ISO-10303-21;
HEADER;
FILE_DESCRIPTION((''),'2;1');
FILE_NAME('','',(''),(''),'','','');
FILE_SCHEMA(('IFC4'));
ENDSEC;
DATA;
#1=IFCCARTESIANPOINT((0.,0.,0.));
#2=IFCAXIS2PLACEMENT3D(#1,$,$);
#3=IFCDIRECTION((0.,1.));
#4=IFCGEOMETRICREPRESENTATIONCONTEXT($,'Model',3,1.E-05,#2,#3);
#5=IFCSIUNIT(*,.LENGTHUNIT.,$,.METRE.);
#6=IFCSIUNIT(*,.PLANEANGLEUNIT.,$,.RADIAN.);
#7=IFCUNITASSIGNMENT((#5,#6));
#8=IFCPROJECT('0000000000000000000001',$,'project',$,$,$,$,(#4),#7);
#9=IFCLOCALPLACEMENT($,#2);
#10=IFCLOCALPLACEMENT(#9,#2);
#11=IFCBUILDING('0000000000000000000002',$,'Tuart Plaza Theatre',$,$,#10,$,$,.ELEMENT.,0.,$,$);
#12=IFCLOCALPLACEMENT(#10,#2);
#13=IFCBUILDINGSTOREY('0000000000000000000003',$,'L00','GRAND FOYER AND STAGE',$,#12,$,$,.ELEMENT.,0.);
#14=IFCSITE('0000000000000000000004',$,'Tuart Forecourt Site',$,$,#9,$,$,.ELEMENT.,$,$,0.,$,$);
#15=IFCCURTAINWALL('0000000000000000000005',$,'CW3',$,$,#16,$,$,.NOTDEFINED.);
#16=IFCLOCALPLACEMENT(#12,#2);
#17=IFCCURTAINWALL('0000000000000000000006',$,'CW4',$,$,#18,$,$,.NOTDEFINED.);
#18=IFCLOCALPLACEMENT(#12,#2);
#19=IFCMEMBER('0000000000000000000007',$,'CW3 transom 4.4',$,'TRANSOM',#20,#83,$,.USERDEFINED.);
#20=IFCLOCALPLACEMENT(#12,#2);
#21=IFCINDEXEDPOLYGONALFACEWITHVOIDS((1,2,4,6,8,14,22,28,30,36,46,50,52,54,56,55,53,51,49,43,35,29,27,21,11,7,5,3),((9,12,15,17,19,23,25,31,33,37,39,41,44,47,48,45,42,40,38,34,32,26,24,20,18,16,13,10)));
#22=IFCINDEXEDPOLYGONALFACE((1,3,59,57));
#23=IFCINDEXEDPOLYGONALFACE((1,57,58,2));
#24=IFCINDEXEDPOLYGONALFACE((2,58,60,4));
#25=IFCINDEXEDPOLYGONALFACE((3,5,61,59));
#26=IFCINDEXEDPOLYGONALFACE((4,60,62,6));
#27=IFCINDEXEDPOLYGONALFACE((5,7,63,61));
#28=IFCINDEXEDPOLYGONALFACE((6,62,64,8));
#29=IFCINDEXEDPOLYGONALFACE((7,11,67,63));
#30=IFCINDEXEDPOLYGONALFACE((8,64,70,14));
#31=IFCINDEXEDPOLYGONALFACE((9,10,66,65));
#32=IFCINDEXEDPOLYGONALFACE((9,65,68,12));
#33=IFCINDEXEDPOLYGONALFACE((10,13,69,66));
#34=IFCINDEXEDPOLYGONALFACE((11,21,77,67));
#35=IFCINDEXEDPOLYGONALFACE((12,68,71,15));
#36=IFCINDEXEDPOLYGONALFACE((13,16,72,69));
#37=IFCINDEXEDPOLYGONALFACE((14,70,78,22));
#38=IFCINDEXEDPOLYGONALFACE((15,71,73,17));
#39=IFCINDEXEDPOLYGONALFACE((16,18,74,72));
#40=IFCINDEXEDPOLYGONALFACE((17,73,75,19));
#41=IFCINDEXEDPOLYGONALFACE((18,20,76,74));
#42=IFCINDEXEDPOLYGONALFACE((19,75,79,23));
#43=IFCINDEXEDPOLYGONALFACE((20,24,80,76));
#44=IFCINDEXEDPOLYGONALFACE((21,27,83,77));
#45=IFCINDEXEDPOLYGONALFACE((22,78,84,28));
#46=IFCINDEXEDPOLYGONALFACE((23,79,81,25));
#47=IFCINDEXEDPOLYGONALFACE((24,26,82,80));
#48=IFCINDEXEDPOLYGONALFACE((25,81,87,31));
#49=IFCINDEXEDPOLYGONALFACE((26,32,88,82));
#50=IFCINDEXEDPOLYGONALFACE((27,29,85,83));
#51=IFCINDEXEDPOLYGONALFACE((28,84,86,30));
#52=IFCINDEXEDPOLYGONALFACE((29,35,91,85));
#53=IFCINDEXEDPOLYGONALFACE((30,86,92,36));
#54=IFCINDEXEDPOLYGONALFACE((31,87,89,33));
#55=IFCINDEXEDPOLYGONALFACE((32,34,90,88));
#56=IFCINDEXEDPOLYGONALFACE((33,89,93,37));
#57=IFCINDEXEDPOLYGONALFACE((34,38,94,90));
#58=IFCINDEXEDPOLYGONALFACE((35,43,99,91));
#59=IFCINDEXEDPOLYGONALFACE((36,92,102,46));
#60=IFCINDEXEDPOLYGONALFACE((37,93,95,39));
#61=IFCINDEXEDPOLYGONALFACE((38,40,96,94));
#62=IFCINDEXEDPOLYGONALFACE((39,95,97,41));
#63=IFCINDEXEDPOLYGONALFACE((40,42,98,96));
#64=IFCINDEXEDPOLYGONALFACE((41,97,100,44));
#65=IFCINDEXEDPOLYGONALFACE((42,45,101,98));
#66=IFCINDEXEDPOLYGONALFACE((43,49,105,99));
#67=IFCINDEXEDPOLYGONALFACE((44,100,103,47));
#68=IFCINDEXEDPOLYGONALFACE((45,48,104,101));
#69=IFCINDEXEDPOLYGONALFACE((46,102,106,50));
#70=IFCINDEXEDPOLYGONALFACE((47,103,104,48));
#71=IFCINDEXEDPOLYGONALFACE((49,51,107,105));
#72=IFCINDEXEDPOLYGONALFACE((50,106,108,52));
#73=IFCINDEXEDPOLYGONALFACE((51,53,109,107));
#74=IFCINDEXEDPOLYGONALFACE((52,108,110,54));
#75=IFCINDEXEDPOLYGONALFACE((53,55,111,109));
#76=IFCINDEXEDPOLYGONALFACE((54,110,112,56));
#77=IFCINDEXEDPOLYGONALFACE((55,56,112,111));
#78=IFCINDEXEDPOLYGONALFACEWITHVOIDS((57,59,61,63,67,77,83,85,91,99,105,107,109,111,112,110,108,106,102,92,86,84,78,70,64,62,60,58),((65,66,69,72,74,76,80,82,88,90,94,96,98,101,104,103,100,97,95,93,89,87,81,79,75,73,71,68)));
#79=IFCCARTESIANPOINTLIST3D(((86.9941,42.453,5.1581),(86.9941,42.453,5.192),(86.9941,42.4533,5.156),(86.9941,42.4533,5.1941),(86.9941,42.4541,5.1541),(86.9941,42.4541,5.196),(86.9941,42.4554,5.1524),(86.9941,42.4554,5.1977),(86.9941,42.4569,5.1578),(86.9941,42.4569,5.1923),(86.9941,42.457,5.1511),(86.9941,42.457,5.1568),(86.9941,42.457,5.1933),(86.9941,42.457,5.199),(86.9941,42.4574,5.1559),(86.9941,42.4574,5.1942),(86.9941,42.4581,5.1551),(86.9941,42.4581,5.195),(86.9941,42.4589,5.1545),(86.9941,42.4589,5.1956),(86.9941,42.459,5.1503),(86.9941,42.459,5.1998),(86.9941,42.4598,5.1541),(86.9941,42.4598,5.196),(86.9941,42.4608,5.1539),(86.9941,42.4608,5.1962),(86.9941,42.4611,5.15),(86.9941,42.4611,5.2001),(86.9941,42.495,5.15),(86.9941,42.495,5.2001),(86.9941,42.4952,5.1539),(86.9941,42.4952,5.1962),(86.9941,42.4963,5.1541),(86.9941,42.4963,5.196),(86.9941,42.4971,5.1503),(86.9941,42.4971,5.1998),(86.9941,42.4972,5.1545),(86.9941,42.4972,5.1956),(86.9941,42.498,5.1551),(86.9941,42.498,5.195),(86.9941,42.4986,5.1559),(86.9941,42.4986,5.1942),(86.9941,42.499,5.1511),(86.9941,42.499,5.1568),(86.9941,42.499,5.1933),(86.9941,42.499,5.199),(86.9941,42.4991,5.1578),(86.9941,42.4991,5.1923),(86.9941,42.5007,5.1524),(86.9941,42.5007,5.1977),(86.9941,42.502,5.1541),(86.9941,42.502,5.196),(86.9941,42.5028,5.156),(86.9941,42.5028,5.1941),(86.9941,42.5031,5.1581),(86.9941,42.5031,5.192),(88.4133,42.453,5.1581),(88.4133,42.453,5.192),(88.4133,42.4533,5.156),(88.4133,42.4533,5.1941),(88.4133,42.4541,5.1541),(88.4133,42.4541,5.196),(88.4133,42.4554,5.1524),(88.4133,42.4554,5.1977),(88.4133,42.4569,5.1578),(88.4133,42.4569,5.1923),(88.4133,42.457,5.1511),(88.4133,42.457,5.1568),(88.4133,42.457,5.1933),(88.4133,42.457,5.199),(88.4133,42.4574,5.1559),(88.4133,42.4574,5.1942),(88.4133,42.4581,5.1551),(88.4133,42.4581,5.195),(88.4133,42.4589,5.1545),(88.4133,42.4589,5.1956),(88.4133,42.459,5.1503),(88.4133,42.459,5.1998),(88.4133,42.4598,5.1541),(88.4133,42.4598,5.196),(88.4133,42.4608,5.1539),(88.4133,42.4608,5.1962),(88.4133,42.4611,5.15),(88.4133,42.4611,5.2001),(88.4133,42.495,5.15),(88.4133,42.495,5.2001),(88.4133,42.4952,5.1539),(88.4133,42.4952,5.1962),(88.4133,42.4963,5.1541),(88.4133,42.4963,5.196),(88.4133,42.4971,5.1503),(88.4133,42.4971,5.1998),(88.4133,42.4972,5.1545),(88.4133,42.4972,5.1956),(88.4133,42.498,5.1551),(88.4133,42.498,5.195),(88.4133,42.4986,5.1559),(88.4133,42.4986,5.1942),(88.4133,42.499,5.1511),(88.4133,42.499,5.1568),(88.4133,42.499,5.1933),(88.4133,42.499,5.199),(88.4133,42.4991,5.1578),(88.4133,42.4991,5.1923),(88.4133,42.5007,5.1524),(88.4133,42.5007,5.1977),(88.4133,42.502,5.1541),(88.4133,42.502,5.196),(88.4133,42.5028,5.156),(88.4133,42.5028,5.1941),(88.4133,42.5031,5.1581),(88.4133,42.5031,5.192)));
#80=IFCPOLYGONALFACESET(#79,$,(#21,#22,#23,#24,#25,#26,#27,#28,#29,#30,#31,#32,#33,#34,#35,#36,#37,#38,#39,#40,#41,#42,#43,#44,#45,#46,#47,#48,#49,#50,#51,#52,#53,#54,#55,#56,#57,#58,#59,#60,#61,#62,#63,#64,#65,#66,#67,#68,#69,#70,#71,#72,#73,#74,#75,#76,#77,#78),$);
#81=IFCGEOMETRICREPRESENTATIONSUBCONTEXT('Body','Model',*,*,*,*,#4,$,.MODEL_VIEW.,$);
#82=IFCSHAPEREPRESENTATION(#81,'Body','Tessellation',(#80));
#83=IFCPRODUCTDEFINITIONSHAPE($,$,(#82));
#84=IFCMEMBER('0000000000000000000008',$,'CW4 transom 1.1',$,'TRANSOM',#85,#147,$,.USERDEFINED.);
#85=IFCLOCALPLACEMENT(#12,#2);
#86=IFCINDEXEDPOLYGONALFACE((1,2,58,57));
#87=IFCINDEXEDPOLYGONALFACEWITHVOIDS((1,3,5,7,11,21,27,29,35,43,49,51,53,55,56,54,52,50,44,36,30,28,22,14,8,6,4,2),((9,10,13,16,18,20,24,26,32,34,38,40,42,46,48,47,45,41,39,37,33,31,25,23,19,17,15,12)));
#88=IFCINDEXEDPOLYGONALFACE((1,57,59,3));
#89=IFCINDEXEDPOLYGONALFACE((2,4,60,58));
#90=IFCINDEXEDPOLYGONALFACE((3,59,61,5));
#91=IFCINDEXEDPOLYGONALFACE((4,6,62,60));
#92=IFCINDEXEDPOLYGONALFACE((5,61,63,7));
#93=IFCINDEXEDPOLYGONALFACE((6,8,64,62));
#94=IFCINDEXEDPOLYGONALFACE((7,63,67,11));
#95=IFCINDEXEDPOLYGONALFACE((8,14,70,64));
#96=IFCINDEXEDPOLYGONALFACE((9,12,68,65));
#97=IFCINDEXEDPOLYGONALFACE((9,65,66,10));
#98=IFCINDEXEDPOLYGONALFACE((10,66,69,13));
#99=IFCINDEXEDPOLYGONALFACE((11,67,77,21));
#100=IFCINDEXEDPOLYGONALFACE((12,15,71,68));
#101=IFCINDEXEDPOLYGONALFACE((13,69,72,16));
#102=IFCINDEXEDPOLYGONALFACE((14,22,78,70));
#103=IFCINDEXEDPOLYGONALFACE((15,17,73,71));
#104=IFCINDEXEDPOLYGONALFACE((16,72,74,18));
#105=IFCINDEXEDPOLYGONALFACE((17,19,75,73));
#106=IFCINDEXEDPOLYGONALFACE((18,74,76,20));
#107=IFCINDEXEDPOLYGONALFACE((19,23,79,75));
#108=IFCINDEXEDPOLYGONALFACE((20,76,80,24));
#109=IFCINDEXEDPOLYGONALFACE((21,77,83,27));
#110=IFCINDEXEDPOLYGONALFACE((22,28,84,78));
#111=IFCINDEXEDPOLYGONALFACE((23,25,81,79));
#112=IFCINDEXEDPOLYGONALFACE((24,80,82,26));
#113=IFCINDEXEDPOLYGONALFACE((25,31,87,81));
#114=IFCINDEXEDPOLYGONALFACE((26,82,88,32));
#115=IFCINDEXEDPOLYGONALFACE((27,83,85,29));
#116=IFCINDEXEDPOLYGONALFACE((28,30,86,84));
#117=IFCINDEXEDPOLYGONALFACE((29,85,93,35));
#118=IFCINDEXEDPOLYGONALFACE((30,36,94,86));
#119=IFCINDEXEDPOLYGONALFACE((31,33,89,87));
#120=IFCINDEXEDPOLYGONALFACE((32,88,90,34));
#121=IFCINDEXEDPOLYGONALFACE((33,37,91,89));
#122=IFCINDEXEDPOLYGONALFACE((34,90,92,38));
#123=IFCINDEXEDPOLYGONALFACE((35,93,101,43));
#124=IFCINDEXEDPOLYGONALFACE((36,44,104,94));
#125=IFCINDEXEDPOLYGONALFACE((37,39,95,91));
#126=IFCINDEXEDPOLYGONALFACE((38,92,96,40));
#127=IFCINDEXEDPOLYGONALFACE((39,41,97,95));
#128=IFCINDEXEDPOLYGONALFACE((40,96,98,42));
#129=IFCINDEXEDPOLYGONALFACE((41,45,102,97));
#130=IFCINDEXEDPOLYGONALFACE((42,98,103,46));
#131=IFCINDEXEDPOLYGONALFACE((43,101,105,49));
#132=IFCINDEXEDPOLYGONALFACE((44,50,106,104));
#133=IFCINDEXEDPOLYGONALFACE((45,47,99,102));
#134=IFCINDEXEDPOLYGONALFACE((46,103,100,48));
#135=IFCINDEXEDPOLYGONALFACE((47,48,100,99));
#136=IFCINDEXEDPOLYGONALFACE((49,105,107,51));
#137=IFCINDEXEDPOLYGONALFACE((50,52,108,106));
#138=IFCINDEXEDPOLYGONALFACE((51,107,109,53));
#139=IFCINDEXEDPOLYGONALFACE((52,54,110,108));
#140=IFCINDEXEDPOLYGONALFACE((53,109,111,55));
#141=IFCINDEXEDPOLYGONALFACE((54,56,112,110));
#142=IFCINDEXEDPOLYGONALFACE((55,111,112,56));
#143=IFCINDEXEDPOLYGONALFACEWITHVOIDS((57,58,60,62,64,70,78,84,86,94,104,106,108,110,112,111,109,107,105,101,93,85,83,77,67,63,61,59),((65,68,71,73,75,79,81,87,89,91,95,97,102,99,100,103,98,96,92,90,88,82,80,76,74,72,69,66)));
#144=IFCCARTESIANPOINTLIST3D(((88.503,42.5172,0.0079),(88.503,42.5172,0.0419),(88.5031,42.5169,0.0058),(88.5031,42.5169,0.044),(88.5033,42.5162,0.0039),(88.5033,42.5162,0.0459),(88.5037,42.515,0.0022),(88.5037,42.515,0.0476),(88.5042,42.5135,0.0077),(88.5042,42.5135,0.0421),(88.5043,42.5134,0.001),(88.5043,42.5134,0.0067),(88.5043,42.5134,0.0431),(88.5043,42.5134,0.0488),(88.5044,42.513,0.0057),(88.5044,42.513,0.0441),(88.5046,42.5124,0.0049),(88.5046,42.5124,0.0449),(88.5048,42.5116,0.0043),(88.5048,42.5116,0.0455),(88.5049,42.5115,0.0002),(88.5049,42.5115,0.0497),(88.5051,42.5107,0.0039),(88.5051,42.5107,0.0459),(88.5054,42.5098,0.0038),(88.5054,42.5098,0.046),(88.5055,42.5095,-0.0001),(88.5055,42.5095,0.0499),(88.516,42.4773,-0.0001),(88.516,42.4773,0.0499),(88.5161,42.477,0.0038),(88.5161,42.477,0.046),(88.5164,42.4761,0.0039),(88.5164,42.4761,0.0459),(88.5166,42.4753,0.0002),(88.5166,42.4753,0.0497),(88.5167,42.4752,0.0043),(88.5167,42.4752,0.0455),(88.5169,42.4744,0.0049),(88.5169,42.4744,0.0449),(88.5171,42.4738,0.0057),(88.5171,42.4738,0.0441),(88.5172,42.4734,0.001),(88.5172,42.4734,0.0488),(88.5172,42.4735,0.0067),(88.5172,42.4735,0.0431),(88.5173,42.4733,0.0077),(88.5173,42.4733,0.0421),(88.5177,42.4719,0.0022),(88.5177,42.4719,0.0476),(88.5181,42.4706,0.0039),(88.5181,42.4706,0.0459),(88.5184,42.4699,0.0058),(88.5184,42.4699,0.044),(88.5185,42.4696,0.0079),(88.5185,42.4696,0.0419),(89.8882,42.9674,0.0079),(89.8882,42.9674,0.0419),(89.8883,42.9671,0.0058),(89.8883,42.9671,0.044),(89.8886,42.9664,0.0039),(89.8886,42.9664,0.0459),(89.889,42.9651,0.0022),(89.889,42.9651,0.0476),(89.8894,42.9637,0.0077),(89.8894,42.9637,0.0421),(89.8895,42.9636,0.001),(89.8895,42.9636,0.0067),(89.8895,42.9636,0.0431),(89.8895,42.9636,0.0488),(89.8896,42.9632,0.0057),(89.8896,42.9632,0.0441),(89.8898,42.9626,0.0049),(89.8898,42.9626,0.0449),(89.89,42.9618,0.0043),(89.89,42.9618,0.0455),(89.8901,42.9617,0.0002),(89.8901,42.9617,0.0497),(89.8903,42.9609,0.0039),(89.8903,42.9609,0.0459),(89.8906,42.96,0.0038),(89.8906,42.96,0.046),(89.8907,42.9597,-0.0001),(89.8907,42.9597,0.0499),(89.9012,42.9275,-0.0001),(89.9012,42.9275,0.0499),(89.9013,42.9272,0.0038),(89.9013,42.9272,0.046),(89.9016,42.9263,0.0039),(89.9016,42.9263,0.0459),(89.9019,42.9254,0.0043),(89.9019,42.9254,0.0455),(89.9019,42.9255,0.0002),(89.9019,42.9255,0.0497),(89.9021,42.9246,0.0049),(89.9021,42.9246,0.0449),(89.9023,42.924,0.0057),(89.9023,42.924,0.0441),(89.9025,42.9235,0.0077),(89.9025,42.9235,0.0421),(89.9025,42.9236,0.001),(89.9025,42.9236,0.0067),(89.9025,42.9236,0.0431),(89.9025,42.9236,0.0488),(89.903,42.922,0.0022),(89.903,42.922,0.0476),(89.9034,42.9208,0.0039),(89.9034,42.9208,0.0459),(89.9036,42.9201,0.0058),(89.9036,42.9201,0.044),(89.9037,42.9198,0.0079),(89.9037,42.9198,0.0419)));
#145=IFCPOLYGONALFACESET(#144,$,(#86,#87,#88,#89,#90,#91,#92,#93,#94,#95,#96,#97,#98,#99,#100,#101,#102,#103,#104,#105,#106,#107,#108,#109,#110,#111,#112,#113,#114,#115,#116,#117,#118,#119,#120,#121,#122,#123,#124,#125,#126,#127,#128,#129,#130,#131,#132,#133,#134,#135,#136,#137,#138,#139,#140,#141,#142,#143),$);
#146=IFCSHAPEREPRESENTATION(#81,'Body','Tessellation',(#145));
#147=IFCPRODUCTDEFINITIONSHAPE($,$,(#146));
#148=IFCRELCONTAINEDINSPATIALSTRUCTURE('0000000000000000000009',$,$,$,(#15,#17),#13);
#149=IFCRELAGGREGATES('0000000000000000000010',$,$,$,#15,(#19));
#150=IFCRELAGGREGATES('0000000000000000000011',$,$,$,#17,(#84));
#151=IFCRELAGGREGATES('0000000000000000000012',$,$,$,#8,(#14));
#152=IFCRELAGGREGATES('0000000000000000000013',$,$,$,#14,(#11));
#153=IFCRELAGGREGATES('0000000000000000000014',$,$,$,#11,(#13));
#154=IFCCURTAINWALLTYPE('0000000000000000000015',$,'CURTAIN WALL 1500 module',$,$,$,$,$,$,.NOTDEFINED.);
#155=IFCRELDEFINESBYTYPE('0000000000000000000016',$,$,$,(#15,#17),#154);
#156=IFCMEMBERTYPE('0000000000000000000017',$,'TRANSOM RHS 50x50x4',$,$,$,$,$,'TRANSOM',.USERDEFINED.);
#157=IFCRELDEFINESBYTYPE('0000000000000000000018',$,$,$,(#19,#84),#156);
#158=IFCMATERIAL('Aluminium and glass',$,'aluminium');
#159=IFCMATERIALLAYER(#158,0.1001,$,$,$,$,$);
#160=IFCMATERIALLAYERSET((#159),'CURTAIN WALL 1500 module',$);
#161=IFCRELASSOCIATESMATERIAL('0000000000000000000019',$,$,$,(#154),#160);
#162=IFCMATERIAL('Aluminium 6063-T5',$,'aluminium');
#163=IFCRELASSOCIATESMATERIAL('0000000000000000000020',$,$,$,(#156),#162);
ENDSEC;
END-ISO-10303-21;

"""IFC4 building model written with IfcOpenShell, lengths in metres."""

from ifc_helpers import new_model, si_unit, direction, frame, origin, origin_2d, place, context, subcontext, project, spatial, hollow_rectangle, extrude, material, layer, layer_set, material_profile, profile_set, type_object, element, aggregate, save


model = new_model("IFC4")

# Units and contexts
model_context = context("Model", 3, precision=1e-05, world=origin(), true_north=direction((0.0, 1.0)))
body_context = subcontext(model_context, "Body", "Model", "MODEL_VIEW")
ifc_project = project(units=[si_unit("LENGTHUNIT", "METRE"), si_unit("PLANEANGLEUNIT", "RADIAN")], contexts=[model_context])

# Site, building, storey
site_placement = place(None, origin())
site = spatial("IfcSite", under=ifc_project, at=site_placement, Name="Tuart Forecourt Site", CompositionType="ELEMENT", RefElevation=0.0)
building_placement = place(site_placement, origin())
building = spatial("IfcBuilding", under=site, at=building_placement, Name="Tuart Plaza Theatre", CompositionType="ELEMENT", ElevationOfRefHeight=0.0)
storey_placement = place(building_placement, origin())
storey = spatial("IfcBuildingStorey", under=building, at=storey_placement, Name="L00", Description="GRAND FOYER AND STAGE", CompositionType="ELEMENT", Elevation=0.0)

# Curtain wall
ifc_material_1 = material(Name="Aluminium and glass", Category="aluminium")
ifc_layer_1 = layer(ifc_material_1, 0.1001)
ifc_layer_set_1 = layer_set([ifc_layer_1], Name="CURTAIN WALL 1500 module")
curtain_wall_type = type_object("IfcCurtainWallType", Name="CURTAIN WALL 1500 module", PredefinedType="NOTDEFINED", material=ifc_layer_set_1)
curtain_wall_1_placement = place(storey_placement, origin())
curtain_wall_1 = element("IfcCurtainWall", 1, at=curtain_wall_1_placement, inside=storey, type_object=curtain_wall_type, Name="CW3", PredefinedType="NOTDEFINED")

# Curtain wall
curtain_wall_2_placement = place(storey_placement, origin())
curtain_wall_2 = element("IfcCurtainWall", 2, at=curtain_wall_2_placement, inside=storey, type_object=curtain_wall_type, Name="CW4", PredefinedType="NOTDEFINED")

# Members
ifc_material_2 = material(Name="Aluminium 6063-T5", Category="aluminium")
ifc_material_profile_1 = material_profile(ifc_material_2, hollow_rectangle(XDim=0.05, YDim=0.05, WallThickness=0.0039, InnerFilletRadius=0.0039, OuterFilletRadius=0.0081, at=origin_2d()), Name="RHS 50x50x4")
ifc_profile_set_1 = profile_set([ifc_material_profile_1], Name="Aluminium 6063-T5")
member_type_1 = type_object("IfcMemberType", Name="TRANSOM RHS 50x50x4", ElementType="TRANSOM", PredefinedType="USERDEFINED", material=ifc_profile_set_1)
member_1_placement = place(storey_placement, frame((86.9941, 42.478, 5.175), z_axis=(1.0, 0.0, 0.0), x_axis=(0.0, 1.0, 0.0)))
member_1 = element("IfcMember", 3, at=member_1_placement, type_object=member_type_1, Name="CW3 transom 4.4", ObjectType="TRANSOM", PredefinedType="USERDEFINED", context=body_context, shape_type="SweptSolid", body=[
    extrude(hollow_rectangle(XDim=0.05, YDim=0.05, WallThickness=0.0039, InnerFilletRadius=0.0039, OuterFilletRadius=0.0081, at=origin_2d()), origin(), (0.0, 0.0, 1.0), 1.4192),
])
member_2_placement = place(storey_placement, frame((88.5107, 42.4934, 0.0249), z_axis=(0.951037, 0.309078, 0.0), x_axis=(-0.309078, 0.951037, 0.0)))
member_2 = element("IfcMember", 4, at=member_2_placement, type_object=member_type_1, Name="CW4 transom 1.1", ObjectType="TRANSOM", PredefinedType="USERDEFINED", context=body_context, shape_type="SweptSolid", body=[
    extrude(hollow_rectangle(XDim=0.05, YDim=0.05, WallThickness=0.0039, InnerFilletRadius=0.0039, OuterFilletRadius=0.0081, at=origin_2d()), origin(), (0.0, 0.0, 1.0), 1.4565),
])

aggregate(curtain_wall_1, [member_1])
aggregate(curtain_wall_2, [member_2])

save(model, "model.ifc")
